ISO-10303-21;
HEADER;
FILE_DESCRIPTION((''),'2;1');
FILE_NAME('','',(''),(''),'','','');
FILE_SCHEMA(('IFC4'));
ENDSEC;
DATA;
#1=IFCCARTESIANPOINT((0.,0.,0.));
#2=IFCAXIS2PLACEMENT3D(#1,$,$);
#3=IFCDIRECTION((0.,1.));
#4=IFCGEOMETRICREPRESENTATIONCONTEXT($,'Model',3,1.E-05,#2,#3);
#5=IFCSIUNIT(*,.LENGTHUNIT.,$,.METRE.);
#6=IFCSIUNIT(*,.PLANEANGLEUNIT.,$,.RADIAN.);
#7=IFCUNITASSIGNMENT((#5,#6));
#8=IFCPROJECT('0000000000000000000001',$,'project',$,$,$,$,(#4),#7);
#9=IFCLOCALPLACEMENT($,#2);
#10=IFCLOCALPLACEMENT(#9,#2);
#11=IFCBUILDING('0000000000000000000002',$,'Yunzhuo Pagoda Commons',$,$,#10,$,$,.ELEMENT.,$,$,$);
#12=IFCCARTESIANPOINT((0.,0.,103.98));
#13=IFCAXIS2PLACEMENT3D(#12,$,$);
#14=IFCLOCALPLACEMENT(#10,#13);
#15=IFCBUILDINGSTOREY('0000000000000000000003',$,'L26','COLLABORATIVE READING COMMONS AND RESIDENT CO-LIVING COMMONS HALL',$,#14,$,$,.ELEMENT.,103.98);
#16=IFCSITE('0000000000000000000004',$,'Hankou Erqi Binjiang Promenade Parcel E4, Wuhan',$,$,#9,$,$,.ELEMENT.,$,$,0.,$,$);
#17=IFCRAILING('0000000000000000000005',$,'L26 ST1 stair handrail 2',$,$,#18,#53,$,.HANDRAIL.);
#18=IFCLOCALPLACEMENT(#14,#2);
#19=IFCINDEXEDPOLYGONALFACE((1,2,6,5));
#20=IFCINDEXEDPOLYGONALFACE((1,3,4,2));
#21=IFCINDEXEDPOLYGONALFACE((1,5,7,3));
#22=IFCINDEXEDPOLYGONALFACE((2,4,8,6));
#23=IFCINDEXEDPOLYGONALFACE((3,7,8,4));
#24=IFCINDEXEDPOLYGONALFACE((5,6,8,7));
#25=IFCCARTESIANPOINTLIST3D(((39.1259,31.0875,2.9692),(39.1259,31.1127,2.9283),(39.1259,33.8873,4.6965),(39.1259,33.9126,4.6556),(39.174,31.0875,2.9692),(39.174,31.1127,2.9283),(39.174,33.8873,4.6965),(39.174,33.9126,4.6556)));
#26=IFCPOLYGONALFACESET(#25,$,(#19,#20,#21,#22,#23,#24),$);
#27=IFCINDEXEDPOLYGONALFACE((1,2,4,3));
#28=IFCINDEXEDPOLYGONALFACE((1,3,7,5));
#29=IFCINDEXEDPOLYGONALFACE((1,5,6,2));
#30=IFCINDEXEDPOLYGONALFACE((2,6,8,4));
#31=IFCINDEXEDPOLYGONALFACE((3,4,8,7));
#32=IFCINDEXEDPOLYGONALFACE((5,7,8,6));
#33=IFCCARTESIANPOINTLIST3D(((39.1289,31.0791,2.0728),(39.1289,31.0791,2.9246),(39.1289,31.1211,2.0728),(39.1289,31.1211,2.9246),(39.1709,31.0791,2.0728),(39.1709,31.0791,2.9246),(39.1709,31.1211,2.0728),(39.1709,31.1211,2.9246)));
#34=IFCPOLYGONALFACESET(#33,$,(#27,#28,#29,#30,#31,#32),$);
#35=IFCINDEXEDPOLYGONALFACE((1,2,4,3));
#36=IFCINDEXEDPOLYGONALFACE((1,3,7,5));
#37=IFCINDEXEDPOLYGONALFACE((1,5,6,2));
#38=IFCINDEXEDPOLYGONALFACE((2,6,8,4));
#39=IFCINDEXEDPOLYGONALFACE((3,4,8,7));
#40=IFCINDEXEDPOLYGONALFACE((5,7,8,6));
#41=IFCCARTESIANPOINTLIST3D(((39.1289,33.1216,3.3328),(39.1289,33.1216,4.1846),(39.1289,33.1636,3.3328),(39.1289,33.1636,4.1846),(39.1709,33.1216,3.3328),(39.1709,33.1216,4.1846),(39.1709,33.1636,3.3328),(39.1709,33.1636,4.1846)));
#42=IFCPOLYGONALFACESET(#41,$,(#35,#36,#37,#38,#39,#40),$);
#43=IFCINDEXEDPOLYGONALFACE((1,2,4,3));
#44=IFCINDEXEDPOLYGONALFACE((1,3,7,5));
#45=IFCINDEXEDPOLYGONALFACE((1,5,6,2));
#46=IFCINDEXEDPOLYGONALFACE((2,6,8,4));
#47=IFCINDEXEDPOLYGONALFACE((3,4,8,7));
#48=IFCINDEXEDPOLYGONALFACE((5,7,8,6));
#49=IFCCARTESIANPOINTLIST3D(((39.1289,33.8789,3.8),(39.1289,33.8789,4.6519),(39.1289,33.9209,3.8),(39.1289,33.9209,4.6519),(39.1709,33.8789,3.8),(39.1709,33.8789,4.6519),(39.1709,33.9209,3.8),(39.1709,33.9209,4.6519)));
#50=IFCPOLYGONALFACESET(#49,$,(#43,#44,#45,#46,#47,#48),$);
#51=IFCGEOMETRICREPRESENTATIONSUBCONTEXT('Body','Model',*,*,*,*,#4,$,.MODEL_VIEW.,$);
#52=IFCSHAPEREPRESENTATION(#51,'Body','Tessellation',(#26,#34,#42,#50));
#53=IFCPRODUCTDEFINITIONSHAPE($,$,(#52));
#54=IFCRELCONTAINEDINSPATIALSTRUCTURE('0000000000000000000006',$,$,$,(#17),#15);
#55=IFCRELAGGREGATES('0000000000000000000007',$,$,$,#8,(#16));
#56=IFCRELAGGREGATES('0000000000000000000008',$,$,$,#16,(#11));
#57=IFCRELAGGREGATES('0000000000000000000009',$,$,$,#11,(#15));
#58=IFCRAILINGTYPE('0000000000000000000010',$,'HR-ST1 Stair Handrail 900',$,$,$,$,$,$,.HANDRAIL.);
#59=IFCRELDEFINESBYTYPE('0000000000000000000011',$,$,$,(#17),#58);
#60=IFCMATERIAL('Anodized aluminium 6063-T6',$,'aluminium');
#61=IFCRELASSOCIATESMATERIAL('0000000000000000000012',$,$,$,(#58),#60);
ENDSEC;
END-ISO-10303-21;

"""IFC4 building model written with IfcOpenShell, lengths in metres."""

from ifc_helpers import new_model, si_unit, direction, frame, origin, origin_2d, place, context, subcontext, project, spatial, rectangle, extrude, material, type_object, element, save


model = new_model("IFC4")

# Units and contexts
model_context = context("Model", 3, precision=1e-05, world=origin(), true_north=direction((0.0, 1.0)))
body_context = subcontext(model_context, "Body", "Model", "MODEL_VIEW")
ifc_project = project(units=[si_unit("LENGTHUNIT", "METRE"), si_unit("PLANEANGLEUNIT", "RADIAN")], contexts=[model_context])

# Site, building, storey
site_placement = place(None, origin())
site = spatial("IfcSite", under=ifc_project, at=site_placement, Name="Hankou Erqi Binjiang Promenade Parcel E4, Wuhan", CompositionType="ELEMENT", RefElevation=0.0)
building_placement = place(site_placement, origin())
building = spatial("IfcBuilding", under=site, at=building_placement, Name="Yunzhuo Pagoda Commons", CompositionType="ELEMENT")
storey_placement = place(building_placement, frame((0.0, 0.0, 103.98)))
storey = spatial("IfcBuildingStorey", under=building, at=storey_placement, Name="L26", Description="COLLABORATIVE READING COMMONS AND RESIDENT CO-LIVING COMMONS HALL", CompositionType="ELEMENT", Elevation=103.98)

# Railing
ifc_material_1 = material(Name="Anodized aluminium 6063-T6", Category="aluminium")
railing_type_1 = type_object("IfcRailingType", Name="HR-ST1 Stair Handrail 900", PredefinedType="HANDRAIL", material=ifc_material_1)
railing_1_placement = place(storey_placement, frame((39.1499, 31.1001, 2.0728)))
element("IfcRailing", 1, at=railing_1_placement, inside=storey, type_object=railing_type_1, Name="L26 ST1 stair handrail 2", PredefinedType="HANDRAIL", context=body_context, shape_type="SweptSolid", body=[
    extrude(rectangle(XDim=0.0481, YDim=0.0481, at=origin_2d()), frame((0.0, 0.0, 0.876), z_axis=(0.0, 0.851069, 0.525054), x_axis=(-1.0, 0.0, 0.0)), (0.0, 0.0, 1.0), 3.2898),
    extrude(rectangle(XDim=0.042, YDim=0.042, at=origin_2d()), origin(), (0.0, 0.0, 1.0), 0.8518),
    extrude(rectangle(XDim=0.042, YDim=0.042, at=origin_2d()), frame((0.0, 2.0425, 1.26)), (0.0, 0.0, 1.0), 0.8518),
    extrude(rectangle(XDim=0.042, YDim=0.042, at=origin_2d()), frame((0.0, 2.7998, 1.7273)), (0.0, 0.0, 1.0), 0.8518),
])

save(model, "model.ifc")
